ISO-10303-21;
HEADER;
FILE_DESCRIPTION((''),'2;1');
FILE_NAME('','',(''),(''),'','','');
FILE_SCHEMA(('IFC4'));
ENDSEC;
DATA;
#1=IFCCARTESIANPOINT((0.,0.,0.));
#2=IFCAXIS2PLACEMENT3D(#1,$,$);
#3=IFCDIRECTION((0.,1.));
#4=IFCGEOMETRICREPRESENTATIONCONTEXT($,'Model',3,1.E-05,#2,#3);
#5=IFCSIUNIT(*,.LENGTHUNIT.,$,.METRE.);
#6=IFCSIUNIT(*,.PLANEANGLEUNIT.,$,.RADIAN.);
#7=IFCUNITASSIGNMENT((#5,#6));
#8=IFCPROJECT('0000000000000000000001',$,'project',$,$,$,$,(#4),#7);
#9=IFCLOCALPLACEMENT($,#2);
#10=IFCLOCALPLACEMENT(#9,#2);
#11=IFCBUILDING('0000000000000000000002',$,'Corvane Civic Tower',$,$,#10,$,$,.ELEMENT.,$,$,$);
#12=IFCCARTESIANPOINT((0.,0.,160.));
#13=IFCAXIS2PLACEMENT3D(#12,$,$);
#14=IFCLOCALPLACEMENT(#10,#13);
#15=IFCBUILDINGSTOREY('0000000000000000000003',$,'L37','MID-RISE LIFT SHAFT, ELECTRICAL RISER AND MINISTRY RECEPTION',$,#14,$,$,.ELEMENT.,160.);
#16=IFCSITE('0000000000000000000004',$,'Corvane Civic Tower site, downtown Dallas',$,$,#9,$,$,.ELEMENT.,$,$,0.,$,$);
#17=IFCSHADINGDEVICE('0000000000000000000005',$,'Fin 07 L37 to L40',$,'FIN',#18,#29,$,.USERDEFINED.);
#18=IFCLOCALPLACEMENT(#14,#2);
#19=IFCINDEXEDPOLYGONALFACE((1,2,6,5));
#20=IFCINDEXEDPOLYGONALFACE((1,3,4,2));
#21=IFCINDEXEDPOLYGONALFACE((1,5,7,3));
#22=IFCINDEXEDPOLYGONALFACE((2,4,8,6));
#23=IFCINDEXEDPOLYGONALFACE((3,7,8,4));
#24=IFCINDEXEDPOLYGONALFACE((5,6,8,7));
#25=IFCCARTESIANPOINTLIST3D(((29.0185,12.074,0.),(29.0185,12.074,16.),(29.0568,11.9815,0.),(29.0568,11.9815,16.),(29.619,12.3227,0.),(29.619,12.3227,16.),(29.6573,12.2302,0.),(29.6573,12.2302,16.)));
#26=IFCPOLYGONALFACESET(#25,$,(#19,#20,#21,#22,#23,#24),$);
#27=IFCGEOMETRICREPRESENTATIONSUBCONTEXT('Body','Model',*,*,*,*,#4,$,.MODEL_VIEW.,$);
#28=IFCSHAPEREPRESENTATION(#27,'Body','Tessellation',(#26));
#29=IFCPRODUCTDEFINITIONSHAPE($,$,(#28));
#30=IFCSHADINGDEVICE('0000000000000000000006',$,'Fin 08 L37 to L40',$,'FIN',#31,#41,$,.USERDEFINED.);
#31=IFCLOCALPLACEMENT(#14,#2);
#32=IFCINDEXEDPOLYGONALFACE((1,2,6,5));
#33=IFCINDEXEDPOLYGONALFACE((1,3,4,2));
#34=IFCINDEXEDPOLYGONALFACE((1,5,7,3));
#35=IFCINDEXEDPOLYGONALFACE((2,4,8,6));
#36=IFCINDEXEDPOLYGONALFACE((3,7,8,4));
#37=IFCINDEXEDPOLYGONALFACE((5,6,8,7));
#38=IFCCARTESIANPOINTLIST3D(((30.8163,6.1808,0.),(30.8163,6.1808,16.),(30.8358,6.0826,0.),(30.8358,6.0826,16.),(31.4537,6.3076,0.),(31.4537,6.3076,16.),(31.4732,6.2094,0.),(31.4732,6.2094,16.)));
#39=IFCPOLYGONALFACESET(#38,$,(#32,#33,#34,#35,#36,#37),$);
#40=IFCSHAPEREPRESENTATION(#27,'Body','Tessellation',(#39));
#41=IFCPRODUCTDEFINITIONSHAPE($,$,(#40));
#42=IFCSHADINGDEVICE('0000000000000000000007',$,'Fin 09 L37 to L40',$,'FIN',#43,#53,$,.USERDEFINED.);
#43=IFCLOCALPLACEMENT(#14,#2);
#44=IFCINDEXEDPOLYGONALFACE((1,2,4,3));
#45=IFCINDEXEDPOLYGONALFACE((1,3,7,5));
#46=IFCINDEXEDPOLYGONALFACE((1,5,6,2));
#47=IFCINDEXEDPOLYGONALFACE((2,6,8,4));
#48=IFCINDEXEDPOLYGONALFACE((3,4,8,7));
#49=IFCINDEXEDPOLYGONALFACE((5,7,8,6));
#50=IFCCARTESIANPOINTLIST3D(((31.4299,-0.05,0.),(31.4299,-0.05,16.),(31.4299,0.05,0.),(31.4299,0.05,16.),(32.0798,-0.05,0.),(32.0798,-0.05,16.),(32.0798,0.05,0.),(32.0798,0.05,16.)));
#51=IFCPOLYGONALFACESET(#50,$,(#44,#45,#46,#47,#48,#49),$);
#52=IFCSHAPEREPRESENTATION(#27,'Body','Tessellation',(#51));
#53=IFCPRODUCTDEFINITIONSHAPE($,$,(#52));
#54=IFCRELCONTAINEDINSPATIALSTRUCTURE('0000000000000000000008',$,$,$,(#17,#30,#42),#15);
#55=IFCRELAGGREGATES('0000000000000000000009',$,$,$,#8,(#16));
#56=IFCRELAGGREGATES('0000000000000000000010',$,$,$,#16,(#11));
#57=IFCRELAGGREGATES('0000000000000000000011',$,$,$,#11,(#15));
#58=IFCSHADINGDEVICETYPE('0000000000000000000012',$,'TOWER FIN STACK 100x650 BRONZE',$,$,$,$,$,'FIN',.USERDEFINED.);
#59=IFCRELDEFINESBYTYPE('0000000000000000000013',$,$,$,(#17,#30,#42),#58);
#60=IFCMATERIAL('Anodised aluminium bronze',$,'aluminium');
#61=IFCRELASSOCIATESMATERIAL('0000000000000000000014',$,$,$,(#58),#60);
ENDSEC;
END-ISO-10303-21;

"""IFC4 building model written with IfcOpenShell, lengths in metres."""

from ifc_helpers import new_model, si_unit, direction, frame, origin, origin_2d, place, context, subcontext, project, spatial, rectangle, extrude, material, material_profile, profile_set, type_object, element, save


model = new_model("IFC4")

# Units and contexts
model_context = context("Model", 3, precision=1e-05, world=origin(), true_north=direction((0.0, 1.0)))
body_context = subcontext(model_context, "Body", "Model", "MODEL_VIEW")
ifc_project = project(units=[si_unit("LENGTHUNIT", "METRE"), si_unit("PLANEANGLEUNIT", "RADIAN")], contexts=[model_context])

# Site, building, storey
site_placement = place(None, origin())
site = spatial("IfcSite", under=ifc_project, at=site_placement, Name="Corvane Civic Tower site, downtown Dallas", CompositionType="ELEMENT", RefElevation=0.0)
building_placement = place(site_placement, origin())
building = spatial("IfcBuilding", under=site, at=building_placement, Name="Corvane Civic Tower", CompositionType="ELEMENT")
storey_placement = place(building_placement, frame((0.0, 0.0, 160.0)))
storey = spatial("IfcBuildingStorey", under=building, at=storey_placement, Name="L37", Description="MID-RISE LIFT SHAFT, ELECTRICAL RISER AND MINISTRY RECEPTION", CompositionType="ELEMENT", Elevation=160.0)

# Shading devices
ifc_material_1 = material(Name="Anodised aluminium bronze", Category="aluminium")
ifc_material_profile_1 = material_profile(ifc_material_1, rectangle(XDim=0.1001, YDim=0.6499, at=origin_2d()), Name="TOWER FIN STACK 100x650 BRONZE")
ifc_profile_set_1 = profile_set([ifc_material_profile_1], Name="Anodised aluminium bronze")
shading_device_type = type_object("IfcShadingDeviceType", Name="TOWER FIN STACK 100x650 BRONZE", ElementType="FIN", PredefinedType="USERDEFINED", material=ifc_profile_set_1)
for number, where, z_axis, x_axis, name in (
    (1, (29.3379, 12.1521, 0.0), (0.0, 0.0, 1.0), (0.382683, -0.92388, 0.0), "Fin 07 L37 to L40"),
    (2, (31.1448, 6.1951, 0.0), (0.0, 0.0, 1.0), (0.19509, -0.980785, 0.0), "Fin 08 L37 to L40"),
    (3, (31.7549, 0.0, 0.0), (0.0, 0.0, 1.0), (0.0, -1.0, 0.0), "Fin 09 L37 to L40"),
):
    element("IfcShadingDevice", number, at=place(storey_placement, frame(where, z_axis=z_axis, x_axis=x_axis)), inside=storey, type_object=shading_device_type, Name=name, ObjectType="FIN", PredefinedType="USERDEFINED", context=body_context, shape_type="SweptSolid", body=[
        extrude(rectangle(XDim=0.1001, YDim=0.6499, at=origin_2d()), origin(), (0.0, 0.0, 1.0), 16.0),
    ])

save(model, "model.ifc")
